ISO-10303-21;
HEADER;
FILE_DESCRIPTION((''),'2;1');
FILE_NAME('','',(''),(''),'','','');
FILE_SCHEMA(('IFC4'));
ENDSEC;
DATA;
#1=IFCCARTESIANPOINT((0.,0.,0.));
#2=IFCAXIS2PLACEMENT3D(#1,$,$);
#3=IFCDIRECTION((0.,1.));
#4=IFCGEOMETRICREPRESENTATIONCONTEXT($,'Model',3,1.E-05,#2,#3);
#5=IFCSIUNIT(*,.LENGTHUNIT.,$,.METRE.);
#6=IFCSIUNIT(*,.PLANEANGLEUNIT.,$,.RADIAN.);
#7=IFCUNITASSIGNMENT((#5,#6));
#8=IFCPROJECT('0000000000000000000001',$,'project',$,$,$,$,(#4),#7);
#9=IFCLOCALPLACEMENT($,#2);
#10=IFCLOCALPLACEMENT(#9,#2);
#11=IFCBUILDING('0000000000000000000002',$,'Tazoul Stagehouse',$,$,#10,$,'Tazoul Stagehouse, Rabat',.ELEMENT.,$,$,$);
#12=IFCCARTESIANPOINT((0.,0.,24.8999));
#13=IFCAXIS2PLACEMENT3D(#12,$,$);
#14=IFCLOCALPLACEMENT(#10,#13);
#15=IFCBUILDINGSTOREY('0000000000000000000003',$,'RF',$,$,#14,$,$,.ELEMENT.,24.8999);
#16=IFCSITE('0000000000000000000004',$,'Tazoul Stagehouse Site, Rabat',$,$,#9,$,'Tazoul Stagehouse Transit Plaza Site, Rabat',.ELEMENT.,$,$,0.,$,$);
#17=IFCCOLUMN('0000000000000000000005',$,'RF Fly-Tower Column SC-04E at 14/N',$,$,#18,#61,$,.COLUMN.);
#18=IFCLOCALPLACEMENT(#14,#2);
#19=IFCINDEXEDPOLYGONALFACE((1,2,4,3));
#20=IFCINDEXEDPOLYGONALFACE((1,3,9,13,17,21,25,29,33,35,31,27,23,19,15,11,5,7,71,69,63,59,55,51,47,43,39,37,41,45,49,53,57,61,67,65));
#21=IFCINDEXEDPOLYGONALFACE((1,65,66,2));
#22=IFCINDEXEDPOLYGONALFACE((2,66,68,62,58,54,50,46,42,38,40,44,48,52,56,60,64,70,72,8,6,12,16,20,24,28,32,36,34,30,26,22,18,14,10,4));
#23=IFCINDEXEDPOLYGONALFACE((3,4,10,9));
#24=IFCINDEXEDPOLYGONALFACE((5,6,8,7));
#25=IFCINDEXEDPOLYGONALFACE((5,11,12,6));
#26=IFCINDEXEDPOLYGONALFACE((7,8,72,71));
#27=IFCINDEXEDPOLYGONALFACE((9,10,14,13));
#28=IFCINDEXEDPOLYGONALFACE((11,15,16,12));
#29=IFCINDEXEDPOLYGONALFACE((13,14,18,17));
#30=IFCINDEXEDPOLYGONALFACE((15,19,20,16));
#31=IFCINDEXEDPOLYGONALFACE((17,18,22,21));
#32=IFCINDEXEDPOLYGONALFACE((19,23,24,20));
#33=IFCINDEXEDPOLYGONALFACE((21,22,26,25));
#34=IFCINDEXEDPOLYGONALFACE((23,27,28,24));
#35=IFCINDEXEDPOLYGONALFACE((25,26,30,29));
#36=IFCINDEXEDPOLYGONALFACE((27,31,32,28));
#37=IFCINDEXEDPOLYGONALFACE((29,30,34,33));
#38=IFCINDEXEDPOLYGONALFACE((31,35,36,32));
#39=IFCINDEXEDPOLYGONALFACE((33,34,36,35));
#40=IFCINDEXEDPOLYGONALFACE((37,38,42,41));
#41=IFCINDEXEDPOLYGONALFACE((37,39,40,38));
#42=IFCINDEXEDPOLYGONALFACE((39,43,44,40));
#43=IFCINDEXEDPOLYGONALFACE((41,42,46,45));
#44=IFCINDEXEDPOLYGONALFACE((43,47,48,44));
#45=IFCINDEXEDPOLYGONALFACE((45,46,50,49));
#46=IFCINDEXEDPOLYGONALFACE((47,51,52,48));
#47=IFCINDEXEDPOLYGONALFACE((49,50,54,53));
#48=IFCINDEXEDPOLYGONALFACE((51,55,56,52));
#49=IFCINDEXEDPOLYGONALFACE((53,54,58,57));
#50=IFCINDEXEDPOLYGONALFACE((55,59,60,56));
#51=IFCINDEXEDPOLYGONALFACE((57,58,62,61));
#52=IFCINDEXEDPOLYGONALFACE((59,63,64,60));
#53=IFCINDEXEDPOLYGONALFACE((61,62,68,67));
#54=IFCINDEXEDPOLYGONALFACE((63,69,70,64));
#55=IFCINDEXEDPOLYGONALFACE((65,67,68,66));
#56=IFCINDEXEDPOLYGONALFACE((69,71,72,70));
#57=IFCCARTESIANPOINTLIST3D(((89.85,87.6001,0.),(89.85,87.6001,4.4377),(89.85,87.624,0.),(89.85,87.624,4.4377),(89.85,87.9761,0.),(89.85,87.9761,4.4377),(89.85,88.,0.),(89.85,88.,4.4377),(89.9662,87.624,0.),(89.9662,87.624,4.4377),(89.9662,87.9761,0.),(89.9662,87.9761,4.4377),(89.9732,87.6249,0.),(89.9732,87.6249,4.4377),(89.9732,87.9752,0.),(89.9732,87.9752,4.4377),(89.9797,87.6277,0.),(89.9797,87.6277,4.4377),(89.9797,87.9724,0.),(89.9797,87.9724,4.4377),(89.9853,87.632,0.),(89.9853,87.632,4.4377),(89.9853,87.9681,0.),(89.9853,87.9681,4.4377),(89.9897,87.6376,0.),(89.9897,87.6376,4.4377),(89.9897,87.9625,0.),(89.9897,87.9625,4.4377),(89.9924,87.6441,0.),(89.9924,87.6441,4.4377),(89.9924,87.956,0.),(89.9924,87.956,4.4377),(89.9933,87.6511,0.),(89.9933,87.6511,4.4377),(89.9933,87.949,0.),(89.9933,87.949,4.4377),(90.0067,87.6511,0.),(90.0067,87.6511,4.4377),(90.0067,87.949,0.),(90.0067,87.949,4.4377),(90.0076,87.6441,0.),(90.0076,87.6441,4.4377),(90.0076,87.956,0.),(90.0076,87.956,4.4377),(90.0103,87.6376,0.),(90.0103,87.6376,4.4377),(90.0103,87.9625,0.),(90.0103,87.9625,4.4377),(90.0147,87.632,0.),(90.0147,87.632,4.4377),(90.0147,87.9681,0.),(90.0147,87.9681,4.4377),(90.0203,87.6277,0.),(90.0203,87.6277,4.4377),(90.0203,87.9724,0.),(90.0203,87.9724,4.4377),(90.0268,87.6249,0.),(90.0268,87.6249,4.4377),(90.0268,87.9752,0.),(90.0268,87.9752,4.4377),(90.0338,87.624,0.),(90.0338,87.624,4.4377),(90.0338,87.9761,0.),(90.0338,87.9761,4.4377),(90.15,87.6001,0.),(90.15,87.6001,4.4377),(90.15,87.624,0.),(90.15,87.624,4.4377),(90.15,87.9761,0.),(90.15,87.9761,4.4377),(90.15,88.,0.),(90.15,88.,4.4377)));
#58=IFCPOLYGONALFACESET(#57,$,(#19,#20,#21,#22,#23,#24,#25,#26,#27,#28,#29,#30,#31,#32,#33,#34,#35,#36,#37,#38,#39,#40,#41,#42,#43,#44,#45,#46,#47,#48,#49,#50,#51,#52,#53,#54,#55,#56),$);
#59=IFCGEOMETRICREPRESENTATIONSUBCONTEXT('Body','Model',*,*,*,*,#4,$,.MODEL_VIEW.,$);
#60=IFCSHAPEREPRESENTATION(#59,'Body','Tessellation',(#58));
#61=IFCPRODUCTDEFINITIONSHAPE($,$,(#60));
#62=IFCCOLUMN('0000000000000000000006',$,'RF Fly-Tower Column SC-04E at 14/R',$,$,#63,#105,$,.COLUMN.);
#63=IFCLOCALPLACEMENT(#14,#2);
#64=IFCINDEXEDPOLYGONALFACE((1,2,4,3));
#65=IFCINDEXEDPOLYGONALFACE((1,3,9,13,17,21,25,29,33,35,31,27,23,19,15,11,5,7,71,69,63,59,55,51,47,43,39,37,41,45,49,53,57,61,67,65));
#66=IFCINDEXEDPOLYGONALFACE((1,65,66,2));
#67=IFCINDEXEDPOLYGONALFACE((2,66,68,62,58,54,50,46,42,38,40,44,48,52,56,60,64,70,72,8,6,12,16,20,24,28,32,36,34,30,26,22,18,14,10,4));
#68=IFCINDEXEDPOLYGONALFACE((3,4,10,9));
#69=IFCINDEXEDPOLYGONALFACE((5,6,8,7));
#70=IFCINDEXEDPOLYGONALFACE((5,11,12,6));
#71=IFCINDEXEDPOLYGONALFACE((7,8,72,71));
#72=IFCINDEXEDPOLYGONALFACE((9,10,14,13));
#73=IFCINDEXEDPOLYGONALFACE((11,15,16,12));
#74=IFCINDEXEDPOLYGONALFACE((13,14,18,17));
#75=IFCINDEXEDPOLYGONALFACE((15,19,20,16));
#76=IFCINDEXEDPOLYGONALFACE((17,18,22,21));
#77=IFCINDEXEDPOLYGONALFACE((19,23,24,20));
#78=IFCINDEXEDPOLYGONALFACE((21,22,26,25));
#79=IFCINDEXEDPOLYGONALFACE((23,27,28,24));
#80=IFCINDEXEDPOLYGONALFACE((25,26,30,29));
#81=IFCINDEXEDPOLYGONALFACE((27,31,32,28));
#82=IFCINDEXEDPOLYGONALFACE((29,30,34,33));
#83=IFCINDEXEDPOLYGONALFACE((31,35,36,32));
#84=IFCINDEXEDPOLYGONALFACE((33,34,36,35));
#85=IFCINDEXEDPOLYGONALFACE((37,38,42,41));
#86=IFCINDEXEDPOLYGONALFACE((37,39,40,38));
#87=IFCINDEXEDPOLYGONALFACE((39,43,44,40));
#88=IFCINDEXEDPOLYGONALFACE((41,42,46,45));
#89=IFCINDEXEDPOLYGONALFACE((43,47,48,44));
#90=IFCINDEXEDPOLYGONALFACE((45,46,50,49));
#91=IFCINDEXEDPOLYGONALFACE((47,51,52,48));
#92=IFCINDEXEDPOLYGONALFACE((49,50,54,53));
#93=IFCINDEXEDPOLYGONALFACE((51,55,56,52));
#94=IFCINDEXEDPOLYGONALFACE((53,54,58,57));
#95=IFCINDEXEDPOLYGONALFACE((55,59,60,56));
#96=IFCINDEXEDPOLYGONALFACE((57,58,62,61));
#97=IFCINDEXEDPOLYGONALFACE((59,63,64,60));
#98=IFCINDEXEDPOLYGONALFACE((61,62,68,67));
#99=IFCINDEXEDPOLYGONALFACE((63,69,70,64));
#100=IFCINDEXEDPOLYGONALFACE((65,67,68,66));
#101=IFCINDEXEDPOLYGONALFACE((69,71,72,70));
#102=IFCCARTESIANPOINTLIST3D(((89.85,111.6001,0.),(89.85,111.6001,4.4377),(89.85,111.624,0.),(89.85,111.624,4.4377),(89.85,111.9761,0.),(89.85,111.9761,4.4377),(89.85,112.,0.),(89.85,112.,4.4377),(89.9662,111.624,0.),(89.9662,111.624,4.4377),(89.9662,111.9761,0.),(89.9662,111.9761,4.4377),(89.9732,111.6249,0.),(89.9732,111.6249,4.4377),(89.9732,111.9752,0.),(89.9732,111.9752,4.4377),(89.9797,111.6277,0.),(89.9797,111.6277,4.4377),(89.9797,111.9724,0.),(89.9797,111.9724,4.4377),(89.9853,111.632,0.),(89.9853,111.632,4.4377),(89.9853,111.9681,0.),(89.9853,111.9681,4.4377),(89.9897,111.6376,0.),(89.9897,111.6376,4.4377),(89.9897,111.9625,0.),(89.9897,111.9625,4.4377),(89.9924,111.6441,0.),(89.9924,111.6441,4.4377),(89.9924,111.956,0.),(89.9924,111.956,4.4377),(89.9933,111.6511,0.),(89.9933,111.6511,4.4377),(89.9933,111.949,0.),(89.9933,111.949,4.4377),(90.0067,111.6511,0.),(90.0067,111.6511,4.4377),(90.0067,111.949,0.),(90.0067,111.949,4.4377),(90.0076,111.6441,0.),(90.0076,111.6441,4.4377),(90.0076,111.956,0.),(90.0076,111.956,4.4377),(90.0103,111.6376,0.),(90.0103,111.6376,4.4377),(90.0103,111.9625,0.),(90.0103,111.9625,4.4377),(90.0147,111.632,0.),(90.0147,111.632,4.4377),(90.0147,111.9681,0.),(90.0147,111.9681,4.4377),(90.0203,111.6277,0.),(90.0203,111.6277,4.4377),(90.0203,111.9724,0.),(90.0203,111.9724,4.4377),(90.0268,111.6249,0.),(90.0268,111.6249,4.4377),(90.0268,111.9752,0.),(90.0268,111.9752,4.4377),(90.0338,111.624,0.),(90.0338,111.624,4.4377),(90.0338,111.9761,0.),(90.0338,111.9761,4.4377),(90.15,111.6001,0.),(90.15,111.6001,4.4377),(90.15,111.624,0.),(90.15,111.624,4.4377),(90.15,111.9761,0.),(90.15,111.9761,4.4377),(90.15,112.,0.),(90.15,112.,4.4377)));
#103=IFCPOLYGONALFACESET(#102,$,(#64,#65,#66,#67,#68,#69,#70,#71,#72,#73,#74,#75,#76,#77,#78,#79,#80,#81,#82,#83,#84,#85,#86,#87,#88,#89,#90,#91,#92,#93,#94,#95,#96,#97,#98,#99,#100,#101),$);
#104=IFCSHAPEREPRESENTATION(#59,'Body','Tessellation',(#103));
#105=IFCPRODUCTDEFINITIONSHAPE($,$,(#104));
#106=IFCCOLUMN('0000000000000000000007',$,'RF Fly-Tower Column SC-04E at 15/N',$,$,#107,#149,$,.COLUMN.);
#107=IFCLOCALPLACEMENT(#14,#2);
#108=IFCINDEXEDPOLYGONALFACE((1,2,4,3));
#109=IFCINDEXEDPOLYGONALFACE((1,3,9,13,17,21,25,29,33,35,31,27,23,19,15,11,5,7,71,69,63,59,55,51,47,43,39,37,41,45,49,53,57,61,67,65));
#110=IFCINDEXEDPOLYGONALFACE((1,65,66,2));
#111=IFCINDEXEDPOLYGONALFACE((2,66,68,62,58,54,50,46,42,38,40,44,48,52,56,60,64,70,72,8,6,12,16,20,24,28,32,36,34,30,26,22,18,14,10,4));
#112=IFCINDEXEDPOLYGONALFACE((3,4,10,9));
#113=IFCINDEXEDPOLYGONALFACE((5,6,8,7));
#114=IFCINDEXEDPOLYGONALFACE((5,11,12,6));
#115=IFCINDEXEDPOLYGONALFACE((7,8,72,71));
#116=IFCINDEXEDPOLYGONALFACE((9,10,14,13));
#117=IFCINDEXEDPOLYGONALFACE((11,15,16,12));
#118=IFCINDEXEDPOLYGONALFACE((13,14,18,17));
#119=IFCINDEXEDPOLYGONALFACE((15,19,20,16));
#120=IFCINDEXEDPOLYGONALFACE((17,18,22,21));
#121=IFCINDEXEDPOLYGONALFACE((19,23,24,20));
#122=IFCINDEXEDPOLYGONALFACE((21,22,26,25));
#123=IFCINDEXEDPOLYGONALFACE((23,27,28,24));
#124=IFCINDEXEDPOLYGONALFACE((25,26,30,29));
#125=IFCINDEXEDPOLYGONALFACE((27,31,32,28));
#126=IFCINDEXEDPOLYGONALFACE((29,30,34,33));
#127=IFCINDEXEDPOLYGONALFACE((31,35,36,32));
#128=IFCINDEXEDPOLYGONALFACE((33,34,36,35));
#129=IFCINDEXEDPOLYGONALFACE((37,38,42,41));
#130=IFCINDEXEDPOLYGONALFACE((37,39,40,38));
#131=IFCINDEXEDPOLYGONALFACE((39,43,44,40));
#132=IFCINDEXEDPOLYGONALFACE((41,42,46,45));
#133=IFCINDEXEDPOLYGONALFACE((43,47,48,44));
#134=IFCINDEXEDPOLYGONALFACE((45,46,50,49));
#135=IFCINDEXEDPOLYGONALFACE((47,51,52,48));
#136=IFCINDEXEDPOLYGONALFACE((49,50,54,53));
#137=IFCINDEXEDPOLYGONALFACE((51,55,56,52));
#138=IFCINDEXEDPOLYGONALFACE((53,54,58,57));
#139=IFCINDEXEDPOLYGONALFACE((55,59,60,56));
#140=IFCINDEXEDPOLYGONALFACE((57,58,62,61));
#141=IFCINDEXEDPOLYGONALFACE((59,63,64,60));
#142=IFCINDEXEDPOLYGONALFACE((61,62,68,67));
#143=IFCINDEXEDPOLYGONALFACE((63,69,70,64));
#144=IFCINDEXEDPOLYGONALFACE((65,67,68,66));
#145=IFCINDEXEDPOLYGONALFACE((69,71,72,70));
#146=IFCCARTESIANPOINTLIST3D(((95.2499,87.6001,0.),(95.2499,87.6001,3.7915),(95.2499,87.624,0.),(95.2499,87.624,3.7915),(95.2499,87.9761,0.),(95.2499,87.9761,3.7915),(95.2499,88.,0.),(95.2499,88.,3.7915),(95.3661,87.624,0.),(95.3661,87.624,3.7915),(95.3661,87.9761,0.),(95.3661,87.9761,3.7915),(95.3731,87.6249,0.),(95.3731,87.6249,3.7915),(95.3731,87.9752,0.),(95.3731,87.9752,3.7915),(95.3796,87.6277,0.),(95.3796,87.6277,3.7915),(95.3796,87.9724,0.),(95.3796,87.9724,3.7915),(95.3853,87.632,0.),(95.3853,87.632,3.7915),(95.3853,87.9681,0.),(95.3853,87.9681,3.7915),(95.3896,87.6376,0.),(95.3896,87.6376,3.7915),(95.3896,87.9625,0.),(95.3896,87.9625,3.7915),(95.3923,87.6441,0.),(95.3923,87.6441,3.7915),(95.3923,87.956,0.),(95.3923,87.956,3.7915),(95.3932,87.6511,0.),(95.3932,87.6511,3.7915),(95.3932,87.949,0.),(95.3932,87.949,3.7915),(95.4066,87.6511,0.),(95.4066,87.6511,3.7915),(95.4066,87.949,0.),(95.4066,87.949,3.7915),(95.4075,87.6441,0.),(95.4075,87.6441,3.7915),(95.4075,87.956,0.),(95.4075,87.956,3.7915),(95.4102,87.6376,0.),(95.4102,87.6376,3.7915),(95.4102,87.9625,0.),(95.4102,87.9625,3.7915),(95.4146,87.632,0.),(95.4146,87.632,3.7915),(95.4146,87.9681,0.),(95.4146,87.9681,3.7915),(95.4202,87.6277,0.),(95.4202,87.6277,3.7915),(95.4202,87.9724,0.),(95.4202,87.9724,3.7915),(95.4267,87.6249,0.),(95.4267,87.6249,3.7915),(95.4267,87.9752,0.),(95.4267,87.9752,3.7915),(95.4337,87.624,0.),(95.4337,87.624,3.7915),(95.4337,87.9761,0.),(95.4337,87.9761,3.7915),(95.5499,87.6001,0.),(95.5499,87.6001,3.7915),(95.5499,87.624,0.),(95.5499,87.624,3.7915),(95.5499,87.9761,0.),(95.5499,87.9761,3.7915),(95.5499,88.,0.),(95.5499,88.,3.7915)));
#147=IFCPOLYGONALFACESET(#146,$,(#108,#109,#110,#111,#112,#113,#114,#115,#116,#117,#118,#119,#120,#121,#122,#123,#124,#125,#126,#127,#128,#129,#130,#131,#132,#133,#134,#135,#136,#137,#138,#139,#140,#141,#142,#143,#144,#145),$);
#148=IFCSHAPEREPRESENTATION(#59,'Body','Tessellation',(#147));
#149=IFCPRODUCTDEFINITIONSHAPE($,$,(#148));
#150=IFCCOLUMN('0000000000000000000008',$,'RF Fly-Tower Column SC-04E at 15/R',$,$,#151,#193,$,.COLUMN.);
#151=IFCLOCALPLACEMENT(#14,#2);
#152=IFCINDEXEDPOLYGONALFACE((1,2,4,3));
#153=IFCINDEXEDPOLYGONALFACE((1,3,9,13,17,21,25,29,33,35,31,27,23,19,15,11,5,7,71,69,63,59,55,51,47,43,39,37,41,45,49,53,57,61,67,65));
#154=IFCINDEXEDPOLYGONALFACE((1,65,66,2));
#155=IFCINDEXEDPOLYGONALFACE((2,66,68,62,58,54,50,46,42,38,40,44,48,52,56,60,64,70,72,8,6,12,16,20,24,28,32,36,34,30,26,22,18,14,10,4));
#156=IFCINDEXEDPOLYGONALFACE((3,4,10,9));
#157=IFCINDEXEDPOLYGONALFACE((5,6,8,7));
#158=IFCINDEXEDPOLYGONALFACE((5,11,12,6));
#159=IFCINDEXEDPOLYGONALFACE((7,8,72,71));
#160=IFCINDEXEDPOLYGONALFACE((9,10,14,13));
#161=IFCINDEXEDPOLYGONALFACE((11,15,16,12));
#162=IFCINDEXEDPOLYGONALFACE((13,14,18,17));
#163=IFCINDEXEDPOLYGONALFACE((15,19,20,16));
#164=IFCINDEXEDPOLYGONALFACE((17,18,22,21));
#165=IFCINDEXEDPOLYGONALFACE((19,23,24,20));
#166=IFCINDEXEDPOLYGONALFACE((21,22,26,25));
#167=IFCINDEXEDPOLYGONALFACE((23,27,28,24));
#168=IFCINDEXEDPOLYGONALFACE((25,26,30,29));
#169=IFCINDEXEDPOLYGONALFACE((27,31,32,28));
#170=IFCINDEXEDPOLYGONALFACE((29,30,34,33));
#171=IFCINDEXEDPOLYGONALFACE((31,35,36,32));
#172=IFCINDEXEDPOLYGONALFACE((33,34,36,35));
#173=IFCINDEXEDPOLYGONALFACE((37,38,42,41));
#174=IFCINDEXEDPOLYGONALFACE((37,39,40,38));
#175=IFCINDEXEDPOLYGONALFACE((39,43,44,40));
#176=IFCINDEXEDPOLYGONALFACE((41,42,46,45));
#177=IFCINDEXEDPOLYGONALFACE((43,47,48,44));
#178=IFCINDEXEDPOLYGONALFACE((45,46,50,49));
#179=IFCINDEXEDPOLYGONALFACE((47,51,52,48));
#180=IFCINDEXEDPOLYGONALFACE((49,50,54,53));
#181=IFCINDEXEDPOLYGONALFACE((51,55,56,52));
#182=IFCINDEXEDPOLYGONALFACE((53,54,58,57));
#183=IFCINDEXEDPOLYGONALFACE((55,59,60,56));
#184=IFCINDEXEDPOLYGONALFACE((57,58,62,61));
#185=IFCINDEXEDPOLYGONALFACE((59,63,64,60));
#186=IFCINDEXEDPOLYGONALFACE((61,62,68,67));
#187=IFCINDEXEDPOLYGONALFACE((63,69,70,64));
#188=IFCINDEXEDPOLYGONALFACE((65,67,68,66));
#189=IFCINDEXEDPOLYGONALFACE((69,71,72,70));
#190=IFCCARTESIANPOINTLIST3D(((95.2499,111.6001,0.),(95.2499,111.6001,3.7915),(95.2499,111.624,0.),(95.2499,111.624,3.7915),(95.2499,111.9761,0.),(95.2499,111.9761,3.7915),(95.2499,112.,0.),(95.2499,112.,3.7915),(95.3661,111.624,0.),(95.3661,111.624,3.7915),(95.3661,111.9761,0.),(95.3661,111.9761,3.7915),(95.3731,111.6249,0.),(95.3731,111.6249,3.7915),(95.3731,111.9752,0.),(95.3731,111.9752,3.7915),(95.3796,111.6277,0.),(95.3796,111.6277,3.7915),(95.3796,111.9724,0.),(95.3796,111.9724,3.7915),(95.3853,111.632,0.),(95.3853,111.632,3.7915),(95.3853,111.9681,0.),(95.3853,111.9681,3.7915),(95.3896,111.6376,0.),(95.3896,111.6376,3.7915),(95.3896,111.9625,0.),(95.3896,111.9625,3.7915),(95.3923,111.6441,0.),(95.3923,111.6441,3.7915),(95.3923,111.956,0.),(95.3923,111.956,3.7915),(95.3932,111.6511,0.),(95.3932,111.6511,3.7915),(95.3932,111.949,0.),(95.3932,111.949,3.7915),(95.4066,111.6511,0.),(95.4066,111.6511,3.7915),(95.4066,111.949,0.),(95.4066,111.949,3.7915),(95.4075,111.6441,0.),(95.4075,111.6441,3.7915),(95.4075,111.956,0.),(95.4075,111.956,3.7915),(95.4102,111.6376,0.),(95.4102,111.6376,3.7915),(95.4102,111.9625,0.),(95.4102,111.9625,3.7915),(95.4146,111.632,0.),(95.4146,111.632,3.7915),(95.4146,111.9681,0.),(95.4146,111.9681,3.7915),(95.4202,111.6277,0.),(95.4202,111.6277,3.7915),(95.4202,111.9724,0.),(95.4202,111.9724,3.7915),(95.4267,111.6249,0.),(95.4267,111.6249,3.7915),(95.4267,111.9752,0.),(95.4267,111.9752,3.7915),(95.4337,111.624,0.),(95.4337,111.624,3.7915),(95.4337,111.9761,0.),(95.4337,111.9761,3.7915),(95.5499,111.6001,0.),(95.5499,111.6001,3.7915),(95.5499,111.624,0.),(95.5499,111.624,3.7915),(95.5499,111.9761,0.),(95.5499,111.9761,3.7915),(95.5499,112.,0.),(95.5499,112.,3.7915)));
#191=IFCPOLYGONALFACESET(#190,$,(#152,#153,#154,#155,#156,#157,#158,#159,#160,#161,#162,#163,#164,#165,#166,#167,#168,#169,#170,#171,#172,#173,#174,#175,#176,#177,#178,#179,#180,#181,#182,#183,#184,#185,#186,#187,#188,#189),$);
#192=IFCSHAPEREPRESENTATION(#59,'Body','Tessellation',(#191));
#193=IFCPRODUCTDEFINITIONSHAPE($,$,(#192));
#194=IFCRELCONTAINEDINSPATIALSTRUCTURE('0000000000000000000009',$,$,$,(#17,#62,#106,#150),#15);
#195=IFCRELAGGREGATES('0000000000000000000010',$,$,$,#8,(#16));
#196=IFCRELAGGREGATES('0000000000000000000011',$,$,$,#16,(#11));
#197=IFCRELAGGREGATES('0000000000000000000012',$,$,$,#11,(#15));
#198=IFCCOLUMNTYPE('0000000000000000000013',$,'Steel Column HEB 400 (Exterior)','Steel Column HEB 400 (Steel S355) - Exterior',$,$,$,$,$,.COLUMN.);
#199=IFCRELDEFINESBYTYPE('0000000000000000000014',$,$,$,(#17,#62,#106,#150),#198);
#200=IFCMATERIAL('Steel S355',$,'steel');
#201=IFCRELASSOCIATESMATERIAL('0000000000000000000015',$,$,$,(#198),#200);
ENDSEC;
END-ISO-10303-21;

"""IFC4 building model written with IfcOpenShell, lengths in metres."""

from ifc_helpers import new_model, si_unit, direction, frame, origin, origin_2d, place, context, subcontext, project, spatial, i_section, extrude, material, material_profile, profile_set, type_object, element, save


model = new_model("IFC4")

# Units and contexts
model_context = context("Model", 3, precision=1e-05, world=origin(), true_north=direction((0.0, 1.0)))
body_context = subcontext(model_context, "Body", "Model", "MODEL_VIEW")
ifc_project = project(units=[si_unit("LENGTHUNIT", "METRE"), si_unit("PLANEANGLEUNIT", "RADIAN")], contexts=[model_context])

# Site, building, storey
site_placement = place(None, origin())
site = spatial("IfcSite", under=ifc_project, at=site_placement, Name="Tazoul Stagehouse Site, Rabat", LongName="Tazoul Stagehouse Transit Plaza Site, Rabat", CompositionType="ELEMENT", RefElevation=0.0)
building_placement = place(site_placement, origin())
building = spatial("IfcBuilding", under=site, at=building_placement, Name="Tazoul Stagehouse", LongName="Tazoul Stagehouse, Rabat", CompositionType="ELEMENT")
storey_placement = place(building_placement, frame((0.0, 0.0, 24.8999)))
storey = spatial("IfcBuildingStorey", under=building, at=storey_placement, Name="RF", CompositionType="ELEMENT", Elevation=24.8999)

# Columns
ifc_material_1 = material(Name="Steel S355", Category="steel")
ifc_material_profile_1 = material_profile(ifc_material_1, i_section(OverallWidth=0.3, OverallDepth=0.3999, WebThickness=0.0134, FlangeThickness=0.0239, FilletRadius=0.0271, at=origin_2d()), Name="HEB 400")
ifc_profile_set_1 = profile_set([ifc_material_profile_1], Name="Steel S355")
column_type = type_object("IfcColumnType", Name="Steel Column HEB 400 (Exterior)", Description="Steel Column HEB 400 (Steel S355) - Exterior", PredefinedType="COLUMN", material=ifc_profile_set_1)
for number, where, z_axis, x_axis, name in (
    (1, (90.0, 87.8, 0.0), (0.0, 0.0, 1.0), (1.0, 0.0, 0.0), "RF Fly-Tower Column SC-04E at 14/N"),
    (2, (90.0, 111.8, 0.0), (0.0, 0.0, 1.0), (1.0, 0.0, 0.0), "RF Fly-Tower Column SC-04E at 14/R"),
):
    element("IfcColumn", number, at=place(storey_placement, frame(where, z_axis=z_axis, x_axis=x_axis)), inside=storey, type_object=column_type, Name=name, PredefinedType="COLUMN", context=body_context, shape_type="SweptSolid", body=[
        extrude(i_section(OverallWidth=0.3, OverallDepth=0.3999, WebThickness=0.0134, FlangeThickness=0.0239, FilletRadius=0.0271, at=origin_2d()), origin(), (0.0, 0.0, 1.0), 4.4377),
    ])
for number, where, z_axis, x_axis, name in (
    (3, (95.3999, 87.8, 0.0), (0.0, 0.0, 1.0), (1.0, 0.0, 0.0), "RF Fly-Tower Column SC-04E at 15/N"),
    (4, (95.3999, 111.8, 0.0), (0.0, 0.0, 1.0), (1.0, 0.0, 0.0), "RF Fly-Tower Column SC-04E at 15/R"),
):
    element("IfcColumn", number, at=place(storey_placement, frame(where, z_axis=z_axis, x_axis=x_axis)), inside=storey, type_object=column_type, Name=name, PredefinedType="COLUMN", context=body_context, shape_type="SweptSolid", body=[
        extrude(i_section(OverallWidth=0.3, OverallDepth=0.3999, WebThickness=0.0134, FlangeThickness=0.0239, FilletRadius=0.0271, at=origin_2d()), origin(), (0.0, 0.0, 1.0), 3.7915),
    ])

save(model, "model.ifc")
